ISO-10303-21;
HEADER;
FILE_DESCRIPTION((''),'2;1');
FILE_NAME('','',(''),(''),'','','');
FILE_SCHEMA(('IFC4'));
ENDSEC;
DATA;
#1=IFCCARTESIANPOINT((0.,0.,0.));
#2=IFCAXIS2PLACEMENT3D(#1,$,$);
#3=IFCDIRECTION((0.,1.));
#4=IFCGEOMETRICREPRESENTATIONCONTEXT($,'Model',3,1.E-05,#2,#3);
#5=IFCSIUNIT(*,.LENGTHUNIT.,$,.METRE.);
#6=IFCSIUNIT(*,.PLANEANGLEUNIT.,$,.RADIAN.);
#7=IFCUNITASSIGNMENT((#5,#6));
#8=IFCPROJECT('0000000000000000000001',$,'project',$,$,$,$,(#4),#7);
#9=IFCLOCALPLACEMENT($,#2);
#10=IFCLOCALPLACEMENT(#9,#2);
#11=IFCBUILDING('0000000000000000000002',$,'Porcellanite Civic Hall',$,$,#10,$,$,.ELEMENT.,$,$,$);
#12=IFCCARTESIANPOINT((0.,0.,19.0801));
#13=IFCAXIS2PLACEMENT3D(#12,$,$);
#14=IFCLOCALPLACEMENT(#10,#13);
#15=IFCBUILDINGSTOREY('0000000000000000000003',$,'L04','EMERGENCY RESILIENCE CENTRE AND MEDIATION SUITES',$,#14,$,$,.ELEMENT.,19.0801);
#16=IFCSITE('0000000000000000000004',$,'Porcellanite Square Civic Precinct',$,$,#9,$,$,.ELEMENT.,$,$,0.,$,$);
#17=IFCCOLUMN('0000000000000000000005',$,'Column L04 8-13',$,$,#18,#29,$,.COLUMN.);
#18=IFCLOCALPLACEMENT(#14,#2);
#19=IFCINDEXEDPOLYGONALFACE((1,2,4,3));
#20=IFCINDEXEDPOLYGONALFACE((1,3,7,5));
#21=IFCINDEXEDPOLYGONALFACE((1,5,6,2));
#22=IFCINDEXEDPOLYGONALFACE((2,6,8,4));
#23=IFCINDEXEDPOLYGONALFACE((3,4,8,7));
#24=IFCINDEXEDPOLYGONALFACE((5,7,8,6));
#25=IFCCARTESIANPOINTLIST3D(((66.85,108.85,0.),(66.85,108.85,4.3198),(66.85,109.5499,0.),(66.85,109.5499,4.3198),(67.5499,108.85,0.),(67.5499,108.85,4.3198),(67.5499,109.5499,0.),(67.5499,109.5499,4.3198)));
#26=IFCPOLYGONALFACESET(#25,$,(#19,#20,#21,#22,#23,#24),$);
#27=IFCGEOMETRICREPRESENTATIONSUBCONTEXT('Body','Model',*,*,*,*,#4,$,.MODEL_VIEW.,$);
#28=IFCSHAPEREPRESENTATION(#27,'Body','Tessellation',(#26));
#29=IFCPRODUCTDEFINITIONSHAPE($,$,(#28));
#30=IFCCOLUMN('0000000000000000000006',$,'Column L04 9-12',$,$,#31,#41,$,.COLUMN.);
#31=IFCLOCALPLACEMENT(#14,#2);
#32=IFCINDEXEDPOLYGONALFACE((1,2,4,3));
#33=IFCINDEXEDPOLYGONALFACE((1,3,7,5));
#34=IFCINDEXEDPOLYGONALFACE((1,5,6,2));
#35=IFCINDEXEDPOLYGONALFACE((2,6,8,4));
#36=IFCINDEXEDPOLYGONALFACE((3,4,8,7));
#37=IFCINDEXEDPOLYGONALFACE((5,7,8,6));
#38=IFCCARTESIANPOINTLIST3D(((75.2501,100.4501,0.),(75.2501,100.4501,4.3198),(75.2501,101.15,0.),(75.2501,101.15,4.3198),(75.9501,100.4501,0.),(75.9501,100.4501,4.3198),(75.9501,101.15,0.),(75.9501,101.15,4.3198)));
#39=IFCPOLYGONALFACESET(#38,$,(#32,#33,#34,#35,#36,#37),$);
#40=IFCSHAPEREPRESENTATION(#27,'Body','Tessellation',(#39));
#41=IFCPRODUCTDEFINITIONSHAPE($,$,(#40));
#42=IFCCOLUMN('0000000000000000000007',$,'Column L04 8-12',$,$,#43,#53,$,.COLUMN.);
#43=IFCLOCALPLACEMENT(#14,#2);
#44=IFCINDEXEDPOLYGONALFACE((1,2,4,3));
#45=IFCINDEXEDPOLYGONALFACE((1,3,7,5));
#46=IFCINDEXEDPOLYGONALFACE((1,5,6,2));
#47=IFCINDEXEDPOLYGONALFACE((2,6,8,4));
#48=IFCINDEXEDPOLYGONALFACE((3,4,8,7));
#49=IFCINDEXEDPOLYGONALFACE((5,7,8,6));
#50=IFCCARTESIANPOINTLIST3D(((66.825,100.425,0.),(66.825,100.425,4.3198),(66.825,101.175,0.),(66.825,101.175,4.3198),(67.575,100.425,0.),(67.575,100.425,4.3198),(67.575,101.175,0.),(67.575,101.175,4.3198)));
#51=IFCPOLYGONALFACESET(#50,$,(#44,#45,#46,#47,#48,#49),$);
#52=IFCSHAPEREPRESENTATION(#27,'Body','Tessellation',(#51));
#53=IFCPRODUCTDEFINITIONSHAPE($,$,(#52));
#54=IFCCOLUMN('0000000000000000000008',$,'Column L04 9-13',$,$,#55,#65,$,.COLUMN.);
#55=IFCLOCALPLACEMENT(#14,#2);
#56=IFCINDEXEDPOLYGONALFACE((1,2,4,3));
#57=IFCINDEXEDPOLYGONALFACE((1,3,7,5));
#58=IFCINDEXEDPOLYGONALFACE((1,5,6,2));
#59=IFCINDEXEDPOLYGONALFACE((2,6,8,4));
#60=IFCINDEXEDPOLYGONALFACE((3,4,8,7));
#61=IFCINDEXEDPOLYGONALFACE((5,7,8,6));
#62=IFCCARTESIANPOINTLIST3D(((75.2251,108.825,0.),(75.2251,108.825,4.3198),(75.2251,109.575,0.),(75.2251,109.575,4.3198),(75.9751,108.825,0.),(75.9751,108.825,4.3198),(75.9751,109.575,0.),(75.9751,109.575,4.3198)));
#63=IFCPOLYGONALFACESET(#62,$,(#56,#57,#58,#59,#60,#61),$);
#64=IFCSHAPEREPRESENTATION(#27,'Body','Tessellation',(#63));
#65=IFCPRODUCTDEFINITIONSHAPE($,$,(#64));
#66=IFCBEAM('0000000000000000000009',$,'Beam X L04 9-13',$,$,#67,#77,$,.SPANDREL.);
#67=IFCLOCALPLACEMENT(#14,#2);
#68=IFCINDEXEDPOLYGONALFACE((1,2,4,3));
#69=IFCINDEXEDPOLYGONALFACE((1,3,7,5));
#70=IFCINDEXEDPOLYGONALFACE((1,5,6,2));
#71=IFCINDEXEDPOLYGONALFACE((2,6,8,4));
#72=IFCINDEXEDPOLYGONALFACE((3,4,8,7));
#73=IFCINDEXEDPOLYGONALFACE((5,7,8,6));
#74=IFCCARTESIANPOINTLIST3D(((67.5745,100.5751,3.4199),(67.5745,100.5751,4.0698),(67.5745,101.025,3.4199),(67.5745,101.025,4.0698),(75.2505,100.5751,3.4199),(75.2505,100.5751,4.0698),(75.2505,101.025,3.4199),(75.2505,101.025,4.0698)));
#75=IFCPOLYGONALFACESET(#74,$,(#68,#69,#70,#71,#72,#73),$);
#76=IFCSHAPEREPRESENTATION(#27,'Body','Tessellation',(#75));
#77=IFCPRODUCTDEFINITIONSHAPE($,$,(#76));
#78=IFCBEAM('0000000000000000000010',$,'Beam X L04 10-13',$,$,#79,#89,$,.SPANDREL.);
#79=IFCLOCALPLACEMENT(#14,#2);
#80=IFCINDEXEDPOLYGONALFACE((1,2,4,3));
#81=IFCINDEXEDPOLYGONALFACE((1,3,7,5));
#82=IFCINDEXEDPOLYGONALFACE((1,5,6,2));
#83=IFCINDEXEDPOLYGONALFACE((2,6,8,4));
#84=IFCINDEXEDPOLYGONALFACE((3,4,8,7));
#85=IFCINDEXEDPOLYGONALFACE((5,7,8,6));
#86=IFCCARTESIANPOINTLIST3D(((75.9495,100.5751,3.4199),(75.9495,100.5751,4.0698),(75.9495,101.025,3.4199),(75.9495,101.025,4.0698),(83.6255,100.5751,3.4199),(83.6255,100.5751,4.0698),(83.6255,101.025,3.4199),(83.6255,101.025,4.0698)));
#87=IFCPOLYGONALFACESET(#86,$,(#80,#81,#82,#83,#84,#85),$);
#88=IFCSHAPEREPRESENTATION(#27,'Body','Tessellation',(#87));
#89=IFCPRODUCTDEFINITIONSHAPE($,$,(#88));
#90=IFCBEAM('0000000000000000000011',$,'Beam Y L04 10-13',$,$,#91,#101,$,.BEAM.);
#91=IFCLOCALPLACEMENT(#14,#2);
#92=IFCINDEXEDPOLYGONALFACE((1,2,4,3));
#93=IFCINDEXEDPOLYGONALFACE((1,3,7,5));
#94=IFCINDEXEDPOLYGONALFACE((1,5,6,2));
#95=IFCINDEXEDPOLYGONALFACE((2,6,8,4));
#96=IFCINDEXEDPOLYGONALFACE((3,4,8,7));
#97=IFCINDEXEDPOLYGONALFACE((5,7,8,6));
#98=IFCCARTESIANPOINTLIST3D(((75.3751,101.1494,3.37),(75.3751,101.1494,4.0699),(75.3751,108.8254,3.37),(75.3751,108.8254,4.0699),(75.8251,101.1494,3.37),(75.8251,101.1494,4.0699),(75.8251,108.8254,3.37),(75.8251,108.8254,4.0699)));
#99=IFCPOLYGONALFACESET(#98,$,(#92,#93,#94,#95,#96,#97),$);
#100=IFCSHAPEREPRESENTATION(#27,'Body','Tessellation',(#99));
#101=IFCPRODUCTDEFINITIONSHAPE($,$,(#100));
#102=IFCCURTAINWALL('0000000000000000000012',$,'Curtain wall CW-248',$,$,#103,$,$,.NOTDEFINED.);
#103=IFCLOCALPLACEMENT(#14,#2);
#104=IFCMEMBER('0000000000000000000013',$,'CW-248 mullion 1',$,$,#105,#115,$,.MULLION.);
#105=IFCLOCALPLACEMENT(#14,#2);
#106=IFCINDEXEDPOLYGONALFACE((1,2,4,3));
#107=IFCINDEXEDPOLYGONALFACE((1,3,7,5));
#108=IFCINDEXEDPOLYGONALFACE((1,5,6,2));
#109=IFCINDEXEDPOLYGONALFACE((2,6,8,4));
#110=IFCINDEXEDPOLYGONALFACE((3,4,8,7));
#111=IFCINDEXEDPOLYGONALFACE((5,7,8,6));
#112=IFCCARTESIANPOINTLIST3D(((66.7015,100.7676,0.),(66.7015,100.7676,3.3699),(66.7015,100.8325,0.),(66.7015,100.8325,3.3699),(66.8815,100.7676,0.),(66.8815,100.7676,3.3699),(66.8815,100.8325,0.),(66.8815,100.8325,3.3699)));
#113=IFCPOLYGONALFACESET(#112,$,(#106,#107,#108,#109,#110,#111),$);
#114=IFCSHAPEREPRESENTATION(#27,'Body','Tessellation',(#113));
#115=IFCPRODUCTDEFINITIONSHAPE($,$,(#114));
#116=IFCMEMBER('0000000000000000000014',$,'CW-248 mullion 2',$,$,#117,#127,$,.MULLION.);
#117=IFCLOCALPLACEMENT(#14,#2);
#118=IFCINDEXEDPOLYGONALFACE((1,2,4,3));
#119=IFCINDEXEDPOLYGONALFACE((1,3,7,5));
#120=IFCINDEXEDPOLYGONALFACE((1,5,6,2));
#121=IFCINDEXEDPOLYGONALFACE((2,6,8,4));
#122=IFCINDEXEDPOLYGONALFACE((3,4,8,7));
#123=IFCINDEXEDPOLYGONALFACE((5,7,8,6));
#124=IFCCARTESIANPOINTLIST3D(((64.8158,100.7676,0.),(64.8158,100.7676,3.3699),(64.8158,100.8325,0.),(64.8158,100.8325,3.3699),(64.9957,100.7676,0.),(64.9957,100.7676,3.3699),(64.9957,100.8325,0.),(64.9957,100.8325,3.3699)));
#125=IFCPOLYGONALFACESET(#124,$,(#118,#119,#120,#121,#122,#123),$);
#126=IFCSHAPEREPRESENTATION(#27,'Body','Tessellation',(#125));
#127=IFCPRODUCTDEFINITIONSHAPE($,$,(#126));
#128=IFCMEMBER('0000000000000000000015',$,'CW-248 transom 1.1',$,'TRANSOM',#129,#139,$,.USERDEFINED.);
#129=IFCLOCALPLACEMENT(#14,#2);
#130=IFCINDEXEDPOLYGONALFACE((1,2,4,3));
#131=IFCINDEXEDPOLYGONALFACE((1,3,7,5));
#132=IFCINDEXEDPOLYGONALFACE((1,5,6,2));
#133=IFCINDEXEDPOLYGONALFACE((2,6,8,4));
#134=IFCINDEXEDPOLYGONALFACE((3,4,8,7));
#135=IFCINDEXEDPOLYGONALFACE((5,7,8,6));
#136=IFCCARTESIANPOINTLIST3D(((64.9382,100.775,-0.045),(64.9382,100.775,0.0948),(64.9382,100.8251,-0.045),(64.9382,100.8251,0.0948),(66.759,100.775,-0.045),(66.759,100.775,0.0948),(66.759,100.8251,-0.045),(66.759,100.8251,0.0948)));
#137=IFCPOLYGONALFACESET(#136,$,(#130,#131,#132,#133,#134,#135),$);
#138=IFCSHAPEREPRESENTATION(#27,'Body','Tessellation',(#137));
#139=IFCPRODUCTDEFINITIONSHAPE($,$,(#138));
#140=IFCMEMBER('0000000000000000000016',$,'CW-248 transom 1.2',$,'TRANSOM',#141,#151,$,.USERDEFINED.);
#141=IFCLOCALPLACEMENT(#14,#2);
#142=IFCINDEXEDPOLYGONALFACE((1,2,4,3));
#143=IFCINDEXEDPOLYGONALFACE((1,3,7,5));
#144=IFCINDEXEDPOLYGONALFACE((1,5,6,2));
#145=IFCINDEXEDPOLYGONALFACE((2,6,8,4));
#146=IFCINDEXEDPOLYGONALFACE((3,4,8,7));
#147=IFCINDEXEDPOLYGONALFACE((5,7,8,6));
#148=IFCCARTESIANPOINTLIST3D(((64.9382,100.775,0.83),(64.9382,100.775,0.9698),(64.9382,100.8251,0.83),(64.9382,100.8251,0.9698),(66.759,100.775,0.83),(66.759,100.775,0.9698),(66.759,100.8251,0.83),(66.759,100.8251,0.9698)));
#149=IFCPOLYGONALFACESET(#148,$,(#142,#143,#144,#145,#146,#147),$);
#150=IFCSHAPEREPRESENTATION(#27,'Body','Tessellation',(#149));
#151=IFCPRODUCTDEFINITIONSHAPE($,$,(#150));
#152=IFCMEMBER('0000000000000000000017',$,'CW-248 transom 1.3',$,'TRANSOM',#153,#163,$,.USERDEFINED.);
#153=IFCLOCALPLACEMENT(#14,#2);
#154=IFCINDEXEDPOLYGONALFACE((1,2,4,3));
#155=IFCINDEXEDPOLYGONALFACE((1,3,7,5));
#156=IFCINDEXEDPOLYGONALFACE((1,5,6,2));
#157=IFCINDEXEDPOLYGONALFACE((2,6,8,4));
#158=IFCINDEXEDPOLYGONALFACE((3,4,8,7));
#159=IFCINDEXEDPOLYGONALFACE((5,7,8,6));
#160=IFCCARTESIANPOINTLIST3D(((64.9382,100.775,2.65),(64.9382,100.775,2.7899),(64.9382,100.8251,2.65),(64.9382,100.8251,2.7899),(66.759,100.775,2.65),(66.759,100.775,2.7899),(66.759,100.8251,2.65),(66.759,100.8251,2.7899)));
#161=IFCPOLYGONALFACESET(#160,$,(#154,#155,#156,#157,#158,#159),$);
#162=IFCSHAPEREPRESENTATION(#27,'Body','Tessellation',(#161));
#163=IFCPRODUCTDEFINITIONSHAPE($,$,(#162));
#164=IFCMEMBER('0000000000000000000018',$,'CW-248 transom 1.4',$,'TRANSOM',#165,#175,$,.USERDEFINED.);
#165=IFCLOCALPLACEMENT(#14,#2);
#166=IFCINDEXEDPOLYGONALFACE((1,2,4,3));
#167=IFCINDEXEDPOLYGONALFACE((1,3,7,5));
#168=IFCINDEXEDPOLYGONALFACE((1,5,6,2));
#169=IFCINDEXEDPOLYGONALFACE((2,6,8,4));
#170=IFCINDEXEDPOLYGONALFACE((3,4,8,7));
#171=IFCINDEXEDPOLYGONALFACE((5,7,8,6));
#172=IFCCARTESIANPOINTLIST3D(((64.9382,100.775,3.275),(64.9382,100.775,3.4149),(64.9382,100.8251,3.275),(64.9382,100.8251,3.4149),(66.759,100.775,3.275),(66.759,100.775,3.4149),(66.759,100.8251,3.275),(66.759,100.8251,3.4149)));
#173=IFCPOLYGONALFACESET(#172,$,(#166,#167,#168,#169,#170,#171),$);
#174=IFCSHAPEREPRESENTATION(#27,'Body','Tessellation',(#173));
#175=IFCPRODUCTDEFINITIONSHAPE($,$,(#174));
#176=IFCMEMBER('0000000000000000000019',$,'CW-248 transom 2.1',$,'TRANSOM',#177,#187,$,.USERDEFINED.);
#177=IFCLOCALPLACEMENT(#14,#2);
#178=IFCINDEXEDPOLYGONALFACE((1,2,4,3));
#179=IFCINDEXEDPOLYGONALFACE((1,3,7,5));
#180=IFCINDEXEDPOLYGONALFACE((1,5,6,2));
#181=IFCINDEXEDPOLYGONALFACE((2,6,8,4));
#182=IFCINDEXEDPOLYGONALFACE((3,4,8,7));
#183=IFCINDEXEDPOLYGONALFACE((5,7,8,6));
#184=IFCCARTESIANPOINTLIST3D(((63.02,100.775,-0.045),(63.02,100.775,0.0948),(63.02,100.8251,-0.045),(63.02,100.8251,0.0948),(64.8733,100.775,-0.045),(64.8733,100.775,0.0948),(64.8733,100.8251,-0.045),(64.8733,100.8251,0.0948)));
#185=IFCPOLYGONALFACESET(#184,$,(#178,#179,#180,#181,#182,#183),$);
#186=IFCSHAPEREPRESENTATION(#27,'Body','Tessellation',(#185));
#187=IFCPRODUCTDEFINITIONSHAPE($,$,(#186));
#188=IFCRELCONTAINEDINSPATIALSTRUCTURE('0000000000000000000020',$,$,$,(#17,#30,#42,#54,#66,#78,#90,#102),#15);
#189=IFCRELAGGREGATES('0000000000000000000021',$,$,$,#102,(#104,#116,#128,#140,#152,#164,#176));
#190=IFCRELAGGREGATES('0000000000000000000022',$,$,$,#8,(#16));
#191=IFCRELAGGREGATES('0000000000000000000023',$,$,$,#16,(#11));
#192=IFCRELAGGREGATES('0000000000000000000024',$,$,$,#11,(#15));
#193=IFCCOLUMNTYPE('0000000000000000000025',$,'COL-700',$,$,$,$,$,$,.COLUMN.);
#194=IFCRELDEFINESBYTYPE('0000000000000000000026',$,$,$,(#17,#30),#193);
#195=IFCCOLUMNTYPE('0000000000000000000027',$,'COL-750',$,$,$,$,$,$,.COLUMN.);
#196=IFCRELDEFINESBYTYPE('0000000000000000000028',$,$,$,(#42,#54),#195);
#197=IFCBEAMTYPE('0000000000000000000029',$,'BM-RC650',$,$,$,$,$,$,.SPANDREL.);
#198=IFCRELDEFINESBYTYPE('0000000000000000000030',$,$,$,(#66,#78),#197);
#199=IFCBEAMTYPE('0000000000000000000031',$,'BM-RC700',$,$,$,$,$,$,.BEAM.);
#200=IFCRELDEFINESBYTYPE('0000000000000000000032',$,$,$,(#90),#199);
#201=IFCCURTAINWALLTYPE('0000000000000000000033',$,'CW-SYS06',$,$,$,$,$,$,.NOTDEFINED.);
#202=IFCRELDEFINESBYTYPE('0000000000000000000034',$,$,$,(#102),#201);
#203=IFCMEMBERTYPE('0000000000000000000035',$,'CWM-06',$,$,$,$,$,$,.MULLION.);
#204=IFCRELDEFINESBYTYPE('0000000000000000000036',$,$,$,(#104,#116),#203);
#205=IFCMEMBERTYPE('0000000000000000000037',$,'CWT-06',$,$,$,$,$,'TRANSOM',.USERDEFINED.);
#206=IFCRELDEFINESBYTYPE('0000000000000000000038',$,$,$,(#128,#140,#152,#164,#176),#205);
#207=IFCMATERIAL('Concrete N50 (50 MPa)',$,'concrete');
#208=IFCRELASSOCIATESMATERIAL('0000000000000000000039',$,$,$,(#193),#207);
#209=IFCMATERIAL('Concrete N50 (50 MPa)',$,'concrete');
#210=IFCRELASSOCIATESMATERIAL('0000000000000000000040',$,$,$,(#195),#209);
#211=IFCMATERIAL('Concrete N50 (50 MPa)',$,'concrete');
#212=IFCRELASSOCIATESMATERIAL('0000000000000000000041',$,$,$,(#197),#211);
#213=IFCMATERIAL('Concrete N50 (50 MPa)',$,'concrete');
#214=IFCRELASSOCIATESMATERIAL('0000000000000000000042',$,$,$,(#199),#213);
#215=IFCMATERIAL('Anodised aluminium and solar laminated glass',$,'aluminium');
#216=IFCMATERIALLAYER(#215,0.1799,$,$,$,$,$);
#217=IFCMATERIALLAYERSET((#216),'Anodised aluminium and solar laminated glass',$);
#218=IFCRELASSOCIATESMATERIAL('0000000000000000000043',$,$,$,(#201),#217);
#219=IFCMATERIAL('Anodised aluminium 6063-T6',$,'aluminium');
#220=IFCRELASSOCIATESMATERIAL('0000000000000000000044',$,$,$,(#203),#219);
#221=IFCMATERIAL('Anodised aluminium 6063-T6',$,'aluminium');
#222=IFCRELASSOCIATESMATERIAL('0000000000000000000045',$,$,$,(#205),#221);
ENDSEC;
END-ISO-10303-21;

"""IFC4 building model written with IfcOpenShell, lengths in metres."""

from ifc_helpers import new_model, si_unit, direction, frame, origin, origin_2d, place, context, subcontext, project, spatial, rectangle, extrude, material, layer, layer_set, material_profile, profile_set, type_object, element, aggregate, save


model = new_model("IFC4")

# Units and contexts
model_context = context("Model", 3, precision=1e-05, world=origin(), true_north=direction((0.0, 1.0)))
body_context = subcontext(model_context, "Body", "Model", "MODEL_VIEW")
ifc_project = project(units=[si_unit("LENGTHUNIT", "METRE"), si_unit("PLANEANGLEUNIT", "RADIAN")], contexts=[model_context])

# Site, building, storey
site_placement = place(None, origin())
site = spatial("IfcSite", under=ifc_project, at=site_placement, Name="Porcellanite Square Civic Precinct", CompositionType="ELEMENT", RefElevation=0.0)
building_placement = place(site_placement, origin())
building = spatial("IfcBuilding", under=site, at=building_placement, Name="Porcellanite Civic Hall", CompositionType="ELEMENT")
storey_placement = place(building_placement, frame((0.0, 0.0, 19.0801)))
storey = spatial("IfcBuildingStorey", under=building, at=storey_placement, Name="L04", Description="EMERGENCY RESILIENCE CENTRE AND MEDIATION SUITES", CompositionType="ELEMENT", Elevation=19.0801)

# Columns
ifc_material_1 = material(Name="Concrete N50 (50 MPa)", Category="concrete")
ifc_material_profile_1 = material_profile(ifc_material_1, rectangle(XDim=0.7, YDim=0.7, at=origin_2d()), Name="RC-700x700")
ifc_profile_set_1 = profile_set([ifc_material_profile_1], Name="Concrete N50 (50 MPa)")
column_type_1 = type_object("IfcColumnType", Name="COL-700", PredefinedType="COLUMN", material=ifc_profile_set_1)
for number, where, z_axis, x_axis, name in (
    (1, (67.2, 109.2, 0.0), (0.0, 0.0, 1.0), (1.0, 0.0, 0.0), "Column L04 8-13"),
    (2, (75.6001, 100.8, 0.0), (0.0, 0.0, 1.0), (1.0, 0.0, 0.0), "Column L04 9-12"),
):
    element("IfcColumn", number, at=place(storey_placement, frame(where, z_axis=z_axis, x_axis=x_axis)), inside=storey, type_object=column_type_1, Name=name, PredefinedType="COLUMN", context=body_context, shape_type="SweptSolid", body=[
        extrude(rectangle(XDim=0.7, YDim=0.7, at=origin_2d()), origin(), (0.0, 0.0, 1.0), 4.3198),
    ])
ifc_material_2 = material(Name="Concrete N50 (50 MPa)", Category="concrete")
ifc_material_profile_2 = material_profile(ifc_material_2, rectangle(XDim=0.75, YDim=0.75, at=origin_2d()), Name="RC-750x750")
ifc_profile_set_2 = profile_set([ifc_material_profile_2], Name="Concrete N50 (50 MPa)")
column_type_2 = type_object("IfcColumnType", Name="COL-750", PredefinedType="COLUMN", material=ifc_profile_set_2)
for number, where, z_axis, x_axis, name in (
    (3, (67.2, 100.8, 0.0), (0.0, 0.0, 1.0), (1.0, 0.0, 0.0), "Column L04 8-12"),
    (4, (75.6001, 109.2, 0.0), (0.0, 0.0, 1.0), (1.0, 0.0, 0.0), "Column L04 9-13"),
):
    element("IfcColumn", number, at=place(storey_placement, frame(where, z_axis=z_axis, x_axis=x_axis)), inside=storey, type_object=column_type_2, Name=name, PredefinedType="COLUMN", context=body_context, shape_type="SweptSolid", body=[
        extrude(rectangle(XDim=0.75, YDim=0.75, at=origin_2d()), origin(), (0.0, 0.0, 1.0), 4.3198),
    ])

# Beams
ifc_material_3 = material(Name="Concrete N50 (50 MPa)", Category="concrete")
ifc_material_profile_3 = material_profile(ifc_material_3, rectangle(XDim=0.45, YDim=0.6499, at=origin_2d()), Name="RC-450x650")
ifc_profile_set_3 = profile_set([ifc_material_profile_3], Name="Concrete N50 (50 MPa)")
beam_type_1 = type_object("IfcBeamType", Name="BM-RC650", PredefinedType="SPANDREL", material=ifc_profile_set_3)
for number, where, z_axis, x_axis, name in (
    (5, (67.5745, 100.8, 3.7449), (1.0, 0.0, 0.0), (0.0, 1.0, 0.0), "Beam X L04 9-13"),
    (6, (75.9495, 100.8, 3.7449), (1.0, 0.0, 0.0), (0.0, 1.0, 0.0), "Beam X L04 10-13"),
):
    element("IfcBeam", number, at=place(storey_placement, frame(where, z_axis=z_axis, x_axis=x_axis)), inside=storey, type_object=beam_type_1, Name=name, PredefinedType="SPANDREL", context=body_context, shape_type="SweptSolid", body=[
        extrude(rectangle(XDim=0.45, YDim=0.6499, at=origin_2d()), origin(), (0.0, 0.0, 1.0), 7.676),
    ])
ifc_material_4 = material(Name="Concrete N50 (50 MPa)", Category="concrete")
ifc_material_profile_4 = material_profile(ifc_material_4, rectangle(XDim=0.45, YDim=0.7, at=origin_2d()), Name="RC-450x700")
ifc_profile_set_4 = profile_set([ifc_material_profile_4], Name="Concrete N50 (50 MPa)")
beam_type_2 = type_object("IfcBeamType", Name="BM-RC700", PredefinedType="BEAM", material=ifc_profile_set_4)
beam_1_placement = place(storey_placement, frame((75.6001, 101.1494, 3.72), z_axis=(0.0, 1.0, 0.0), x_axis=(-1.0, 0.0, 0.0)))
element("IfcBeam", 7, at=beam_1_placement, inside=storey, type_object=beam_type_2, Name="Beam Y L04 10-13", PredefinedType="BEAM", context=body_context, shape_type="SweptSolid", body=[
    extrude(rectangle(XDim=0.45, YDim=0.7, at=origin_2d()), origin(), (0.0, 0.0, 1.0), 7.676),
])

# Curtain wall, members
ifc_material_5 = material(Name="Anodised aluminium and solar laminated glass", Category="aluminium")
ifc_layer_1 = layer(ifc_material_5, 0.1799)
ifc_layer_set_1 = layer_set([ifc_layer_1], Name="Anodised aluminium and solar laminated glass")
curtain_wall_type = type_object("IfcCurtainWallType", Name="CW-SYS06", PredefinedType="NOTDEFINED", material=ifc_layer_set_1)
curtain_wall_placement = place(storey_placement, origin())
curtain_wall = element("IfcCurtainWall", 8, at=curtain_wall_placement, inside=storey, type_object=curtain_wall_type, Name="Curtain wall CW-248", PredefinedType="NOTDEFINED")
ifc_material_6 = material(Name="Anodised aluminium 6063-T6", Category="aluminium")
ifc_material_profile_5 = material_profile(ifc_material_6, rectangle(XDim=0.0649, YDim=0.1799, at=origin_2d()), Name="AL-65x180")
ifc_profile_set_5 = profile_set([ifc_material_profile_5], Name="Anodised aluminium 6063-T6")
member_type_1 = type_object("IfcMemberType", Name="CWM-06", PredefinedType="MULLION", material=ifc_profile_set_5)
member_1_placement = place(storey_placement, frame((66.7915, 100.8, 0.0), z_axis=(0.0, 0.0, 1.0), x_axis=(0.0, -1.0, 0.0)))
member_1 = element("IfcMember", 9, at=member_1_placement, type_object=member_type_1, Name="CW-248 mullion 1", PredefinedType="MULLION", context=body_context, shape_type="SweptSolid", body=[
    extrude(rectangle(XDim=0.0649, YDim=0.1799, at=origin_2d()), origin(), (0.0, 0.0, 1.0), 3.3699),
])
member_2_placement = place(storey_placement, frame((64.9058, 100.8, 0.0), z_axis=(0.0, 0.0, 1.0), x_axis=(0.0, -1.0, 0.0)))
member_2 = element("IfcMember", 10, at=member_2_placement, type_object=member_type_1, Name="CW-248 mullion 2", PredefinedType="MULLION", context=body_context, shape_type="SweptSolid", body=[
    extrude(rectangle(XDim=0.0649, YDim=0.1799, at=origin_2d()), origin(), (0.0, 0.0, 1.0), 3.3699),
])
ifc_material_7 = material(Name="Anodised aluminium 6063-T6", Category="aluminium")
ifc_material_profile_6 = material_profile(ifc_material_7, rectangle(XDim=0.05, YDim=0.1399, at=origin_2d()), Name="AL-50x140")
ifc_profile_set_6 = profile_set([ifc_material_profile_6], Name="Anodised aluminium 6063-T6")
member_type_2 = type_object("IfcMemberType", Name="CWT-06", ElementType="TRANSOM", PredefinedType="USERDEFINED", material=ifc_profile_set_6)
member_3_placement = place(storey_placement, frame((66.759, 100.8, 0.0249), z_axis=(-1.0, 0.0, 0.0), x_axis=(0.0, -1.0, 0.0)))
member_3 = element("IfcMember", 11, at=member_3_placement, type_object=member_type_2, Name="CW-248 transom 1.1", ObjectType="TRANSOM", PredefinedType="USERDEFINED", context=body_context, shape_type="SweptSolid", body=[
    extrude(rectangle(XDim=0.05, YDim=0.1399, at=origin_2d()), origin(), (0.0, 0.0, 1.0), 1.8208),
])
member_4_placement = place(storey_placement, frame((66.759, 100.8, 0.8999), z_axis=(-1.0, 0.0, 0.0), x_axis=(0.0, -1.0, 0.0)))
member_4 = element("IfcMember", 12, at=member_4_placement, type_object=member_type_2, Name="CW-248 transom 1.2", ObjectType="TRANSOM", PredefinedType="USERDEFINED", context=body_context, shape_type="SweptSolid", body=[
    extrude(rectangle(XDim=0.05, YDim=0.1399, at=origin_2d()), origin(), (0.0, 0.0, 1.0), 1.8208),
])
member_5_placement = place(storey_placement, frame((66.759, 100.8, 2.72), z_axis=(-1.0, 0.0, 0.0), x_axis=(0.0, -1.0, 0.0)))
member_5 = element("IfcMember", 13, at=member_5_placement, type_object=member_type_2, Name="CW-248 transom 1.3", ObjectType="TRANSOM", PredefinedType="USERDEFINED", context=body_context, shape_type="SweptSolid", body=[
    extrude(rectangle(XDim=0.05, YDim=0.1399, at=origin_2d()), origin(), (0.0, 0.0, 1.0), 1.8208),
])
member_6_placement = place(storey_placement, frame((66.759, 100.8, 3.345), z_axis=(-1.0, 0.0, 0.0), x_axis=(0.0, -1.0, 0.0)))
member_6 = element("IfcMember", 14, at=member_6_placement, type_object=member_type_2, Name="CW-248 transom 1.4", ObjectType="TRANSOM", PredefinedType="USERDEFINED", context=body_context, shape_type="SweptSolid", body=[
    extrude(rectangle(XDim=0.05, YDim=0.1399, at=origin_2d()), origin(), (0.0, 0.0, 1.0), 1.8208),
])
member_7_placement = place(storey_placement, frame((64.8733, 100.8, 0.0249), z_axis=(-1.0, 0.0, 0.0), x_axis=(0.0, -1.0, 0.0)))
member_7 = element("IfcMember", 15, at=member_7_placement, type_object=member_type_2, Name="CW-248 transom 2.1", ObjectType="TRANSOM", PredefinedType="USERDEFINED", context=body_context, shape_type="SweptSolid", body=[
    extrude(rectangle(XDim=0.05, YDim=0.1399, at=origin_2d()), origin(), (0.0, 0.0, 1.0), 1.8533),
])

aggregate(curtain_wall, [member_1, member_2, member_3, member_4, member_5, member_6, member_7])

save(model, "model.ifc")
